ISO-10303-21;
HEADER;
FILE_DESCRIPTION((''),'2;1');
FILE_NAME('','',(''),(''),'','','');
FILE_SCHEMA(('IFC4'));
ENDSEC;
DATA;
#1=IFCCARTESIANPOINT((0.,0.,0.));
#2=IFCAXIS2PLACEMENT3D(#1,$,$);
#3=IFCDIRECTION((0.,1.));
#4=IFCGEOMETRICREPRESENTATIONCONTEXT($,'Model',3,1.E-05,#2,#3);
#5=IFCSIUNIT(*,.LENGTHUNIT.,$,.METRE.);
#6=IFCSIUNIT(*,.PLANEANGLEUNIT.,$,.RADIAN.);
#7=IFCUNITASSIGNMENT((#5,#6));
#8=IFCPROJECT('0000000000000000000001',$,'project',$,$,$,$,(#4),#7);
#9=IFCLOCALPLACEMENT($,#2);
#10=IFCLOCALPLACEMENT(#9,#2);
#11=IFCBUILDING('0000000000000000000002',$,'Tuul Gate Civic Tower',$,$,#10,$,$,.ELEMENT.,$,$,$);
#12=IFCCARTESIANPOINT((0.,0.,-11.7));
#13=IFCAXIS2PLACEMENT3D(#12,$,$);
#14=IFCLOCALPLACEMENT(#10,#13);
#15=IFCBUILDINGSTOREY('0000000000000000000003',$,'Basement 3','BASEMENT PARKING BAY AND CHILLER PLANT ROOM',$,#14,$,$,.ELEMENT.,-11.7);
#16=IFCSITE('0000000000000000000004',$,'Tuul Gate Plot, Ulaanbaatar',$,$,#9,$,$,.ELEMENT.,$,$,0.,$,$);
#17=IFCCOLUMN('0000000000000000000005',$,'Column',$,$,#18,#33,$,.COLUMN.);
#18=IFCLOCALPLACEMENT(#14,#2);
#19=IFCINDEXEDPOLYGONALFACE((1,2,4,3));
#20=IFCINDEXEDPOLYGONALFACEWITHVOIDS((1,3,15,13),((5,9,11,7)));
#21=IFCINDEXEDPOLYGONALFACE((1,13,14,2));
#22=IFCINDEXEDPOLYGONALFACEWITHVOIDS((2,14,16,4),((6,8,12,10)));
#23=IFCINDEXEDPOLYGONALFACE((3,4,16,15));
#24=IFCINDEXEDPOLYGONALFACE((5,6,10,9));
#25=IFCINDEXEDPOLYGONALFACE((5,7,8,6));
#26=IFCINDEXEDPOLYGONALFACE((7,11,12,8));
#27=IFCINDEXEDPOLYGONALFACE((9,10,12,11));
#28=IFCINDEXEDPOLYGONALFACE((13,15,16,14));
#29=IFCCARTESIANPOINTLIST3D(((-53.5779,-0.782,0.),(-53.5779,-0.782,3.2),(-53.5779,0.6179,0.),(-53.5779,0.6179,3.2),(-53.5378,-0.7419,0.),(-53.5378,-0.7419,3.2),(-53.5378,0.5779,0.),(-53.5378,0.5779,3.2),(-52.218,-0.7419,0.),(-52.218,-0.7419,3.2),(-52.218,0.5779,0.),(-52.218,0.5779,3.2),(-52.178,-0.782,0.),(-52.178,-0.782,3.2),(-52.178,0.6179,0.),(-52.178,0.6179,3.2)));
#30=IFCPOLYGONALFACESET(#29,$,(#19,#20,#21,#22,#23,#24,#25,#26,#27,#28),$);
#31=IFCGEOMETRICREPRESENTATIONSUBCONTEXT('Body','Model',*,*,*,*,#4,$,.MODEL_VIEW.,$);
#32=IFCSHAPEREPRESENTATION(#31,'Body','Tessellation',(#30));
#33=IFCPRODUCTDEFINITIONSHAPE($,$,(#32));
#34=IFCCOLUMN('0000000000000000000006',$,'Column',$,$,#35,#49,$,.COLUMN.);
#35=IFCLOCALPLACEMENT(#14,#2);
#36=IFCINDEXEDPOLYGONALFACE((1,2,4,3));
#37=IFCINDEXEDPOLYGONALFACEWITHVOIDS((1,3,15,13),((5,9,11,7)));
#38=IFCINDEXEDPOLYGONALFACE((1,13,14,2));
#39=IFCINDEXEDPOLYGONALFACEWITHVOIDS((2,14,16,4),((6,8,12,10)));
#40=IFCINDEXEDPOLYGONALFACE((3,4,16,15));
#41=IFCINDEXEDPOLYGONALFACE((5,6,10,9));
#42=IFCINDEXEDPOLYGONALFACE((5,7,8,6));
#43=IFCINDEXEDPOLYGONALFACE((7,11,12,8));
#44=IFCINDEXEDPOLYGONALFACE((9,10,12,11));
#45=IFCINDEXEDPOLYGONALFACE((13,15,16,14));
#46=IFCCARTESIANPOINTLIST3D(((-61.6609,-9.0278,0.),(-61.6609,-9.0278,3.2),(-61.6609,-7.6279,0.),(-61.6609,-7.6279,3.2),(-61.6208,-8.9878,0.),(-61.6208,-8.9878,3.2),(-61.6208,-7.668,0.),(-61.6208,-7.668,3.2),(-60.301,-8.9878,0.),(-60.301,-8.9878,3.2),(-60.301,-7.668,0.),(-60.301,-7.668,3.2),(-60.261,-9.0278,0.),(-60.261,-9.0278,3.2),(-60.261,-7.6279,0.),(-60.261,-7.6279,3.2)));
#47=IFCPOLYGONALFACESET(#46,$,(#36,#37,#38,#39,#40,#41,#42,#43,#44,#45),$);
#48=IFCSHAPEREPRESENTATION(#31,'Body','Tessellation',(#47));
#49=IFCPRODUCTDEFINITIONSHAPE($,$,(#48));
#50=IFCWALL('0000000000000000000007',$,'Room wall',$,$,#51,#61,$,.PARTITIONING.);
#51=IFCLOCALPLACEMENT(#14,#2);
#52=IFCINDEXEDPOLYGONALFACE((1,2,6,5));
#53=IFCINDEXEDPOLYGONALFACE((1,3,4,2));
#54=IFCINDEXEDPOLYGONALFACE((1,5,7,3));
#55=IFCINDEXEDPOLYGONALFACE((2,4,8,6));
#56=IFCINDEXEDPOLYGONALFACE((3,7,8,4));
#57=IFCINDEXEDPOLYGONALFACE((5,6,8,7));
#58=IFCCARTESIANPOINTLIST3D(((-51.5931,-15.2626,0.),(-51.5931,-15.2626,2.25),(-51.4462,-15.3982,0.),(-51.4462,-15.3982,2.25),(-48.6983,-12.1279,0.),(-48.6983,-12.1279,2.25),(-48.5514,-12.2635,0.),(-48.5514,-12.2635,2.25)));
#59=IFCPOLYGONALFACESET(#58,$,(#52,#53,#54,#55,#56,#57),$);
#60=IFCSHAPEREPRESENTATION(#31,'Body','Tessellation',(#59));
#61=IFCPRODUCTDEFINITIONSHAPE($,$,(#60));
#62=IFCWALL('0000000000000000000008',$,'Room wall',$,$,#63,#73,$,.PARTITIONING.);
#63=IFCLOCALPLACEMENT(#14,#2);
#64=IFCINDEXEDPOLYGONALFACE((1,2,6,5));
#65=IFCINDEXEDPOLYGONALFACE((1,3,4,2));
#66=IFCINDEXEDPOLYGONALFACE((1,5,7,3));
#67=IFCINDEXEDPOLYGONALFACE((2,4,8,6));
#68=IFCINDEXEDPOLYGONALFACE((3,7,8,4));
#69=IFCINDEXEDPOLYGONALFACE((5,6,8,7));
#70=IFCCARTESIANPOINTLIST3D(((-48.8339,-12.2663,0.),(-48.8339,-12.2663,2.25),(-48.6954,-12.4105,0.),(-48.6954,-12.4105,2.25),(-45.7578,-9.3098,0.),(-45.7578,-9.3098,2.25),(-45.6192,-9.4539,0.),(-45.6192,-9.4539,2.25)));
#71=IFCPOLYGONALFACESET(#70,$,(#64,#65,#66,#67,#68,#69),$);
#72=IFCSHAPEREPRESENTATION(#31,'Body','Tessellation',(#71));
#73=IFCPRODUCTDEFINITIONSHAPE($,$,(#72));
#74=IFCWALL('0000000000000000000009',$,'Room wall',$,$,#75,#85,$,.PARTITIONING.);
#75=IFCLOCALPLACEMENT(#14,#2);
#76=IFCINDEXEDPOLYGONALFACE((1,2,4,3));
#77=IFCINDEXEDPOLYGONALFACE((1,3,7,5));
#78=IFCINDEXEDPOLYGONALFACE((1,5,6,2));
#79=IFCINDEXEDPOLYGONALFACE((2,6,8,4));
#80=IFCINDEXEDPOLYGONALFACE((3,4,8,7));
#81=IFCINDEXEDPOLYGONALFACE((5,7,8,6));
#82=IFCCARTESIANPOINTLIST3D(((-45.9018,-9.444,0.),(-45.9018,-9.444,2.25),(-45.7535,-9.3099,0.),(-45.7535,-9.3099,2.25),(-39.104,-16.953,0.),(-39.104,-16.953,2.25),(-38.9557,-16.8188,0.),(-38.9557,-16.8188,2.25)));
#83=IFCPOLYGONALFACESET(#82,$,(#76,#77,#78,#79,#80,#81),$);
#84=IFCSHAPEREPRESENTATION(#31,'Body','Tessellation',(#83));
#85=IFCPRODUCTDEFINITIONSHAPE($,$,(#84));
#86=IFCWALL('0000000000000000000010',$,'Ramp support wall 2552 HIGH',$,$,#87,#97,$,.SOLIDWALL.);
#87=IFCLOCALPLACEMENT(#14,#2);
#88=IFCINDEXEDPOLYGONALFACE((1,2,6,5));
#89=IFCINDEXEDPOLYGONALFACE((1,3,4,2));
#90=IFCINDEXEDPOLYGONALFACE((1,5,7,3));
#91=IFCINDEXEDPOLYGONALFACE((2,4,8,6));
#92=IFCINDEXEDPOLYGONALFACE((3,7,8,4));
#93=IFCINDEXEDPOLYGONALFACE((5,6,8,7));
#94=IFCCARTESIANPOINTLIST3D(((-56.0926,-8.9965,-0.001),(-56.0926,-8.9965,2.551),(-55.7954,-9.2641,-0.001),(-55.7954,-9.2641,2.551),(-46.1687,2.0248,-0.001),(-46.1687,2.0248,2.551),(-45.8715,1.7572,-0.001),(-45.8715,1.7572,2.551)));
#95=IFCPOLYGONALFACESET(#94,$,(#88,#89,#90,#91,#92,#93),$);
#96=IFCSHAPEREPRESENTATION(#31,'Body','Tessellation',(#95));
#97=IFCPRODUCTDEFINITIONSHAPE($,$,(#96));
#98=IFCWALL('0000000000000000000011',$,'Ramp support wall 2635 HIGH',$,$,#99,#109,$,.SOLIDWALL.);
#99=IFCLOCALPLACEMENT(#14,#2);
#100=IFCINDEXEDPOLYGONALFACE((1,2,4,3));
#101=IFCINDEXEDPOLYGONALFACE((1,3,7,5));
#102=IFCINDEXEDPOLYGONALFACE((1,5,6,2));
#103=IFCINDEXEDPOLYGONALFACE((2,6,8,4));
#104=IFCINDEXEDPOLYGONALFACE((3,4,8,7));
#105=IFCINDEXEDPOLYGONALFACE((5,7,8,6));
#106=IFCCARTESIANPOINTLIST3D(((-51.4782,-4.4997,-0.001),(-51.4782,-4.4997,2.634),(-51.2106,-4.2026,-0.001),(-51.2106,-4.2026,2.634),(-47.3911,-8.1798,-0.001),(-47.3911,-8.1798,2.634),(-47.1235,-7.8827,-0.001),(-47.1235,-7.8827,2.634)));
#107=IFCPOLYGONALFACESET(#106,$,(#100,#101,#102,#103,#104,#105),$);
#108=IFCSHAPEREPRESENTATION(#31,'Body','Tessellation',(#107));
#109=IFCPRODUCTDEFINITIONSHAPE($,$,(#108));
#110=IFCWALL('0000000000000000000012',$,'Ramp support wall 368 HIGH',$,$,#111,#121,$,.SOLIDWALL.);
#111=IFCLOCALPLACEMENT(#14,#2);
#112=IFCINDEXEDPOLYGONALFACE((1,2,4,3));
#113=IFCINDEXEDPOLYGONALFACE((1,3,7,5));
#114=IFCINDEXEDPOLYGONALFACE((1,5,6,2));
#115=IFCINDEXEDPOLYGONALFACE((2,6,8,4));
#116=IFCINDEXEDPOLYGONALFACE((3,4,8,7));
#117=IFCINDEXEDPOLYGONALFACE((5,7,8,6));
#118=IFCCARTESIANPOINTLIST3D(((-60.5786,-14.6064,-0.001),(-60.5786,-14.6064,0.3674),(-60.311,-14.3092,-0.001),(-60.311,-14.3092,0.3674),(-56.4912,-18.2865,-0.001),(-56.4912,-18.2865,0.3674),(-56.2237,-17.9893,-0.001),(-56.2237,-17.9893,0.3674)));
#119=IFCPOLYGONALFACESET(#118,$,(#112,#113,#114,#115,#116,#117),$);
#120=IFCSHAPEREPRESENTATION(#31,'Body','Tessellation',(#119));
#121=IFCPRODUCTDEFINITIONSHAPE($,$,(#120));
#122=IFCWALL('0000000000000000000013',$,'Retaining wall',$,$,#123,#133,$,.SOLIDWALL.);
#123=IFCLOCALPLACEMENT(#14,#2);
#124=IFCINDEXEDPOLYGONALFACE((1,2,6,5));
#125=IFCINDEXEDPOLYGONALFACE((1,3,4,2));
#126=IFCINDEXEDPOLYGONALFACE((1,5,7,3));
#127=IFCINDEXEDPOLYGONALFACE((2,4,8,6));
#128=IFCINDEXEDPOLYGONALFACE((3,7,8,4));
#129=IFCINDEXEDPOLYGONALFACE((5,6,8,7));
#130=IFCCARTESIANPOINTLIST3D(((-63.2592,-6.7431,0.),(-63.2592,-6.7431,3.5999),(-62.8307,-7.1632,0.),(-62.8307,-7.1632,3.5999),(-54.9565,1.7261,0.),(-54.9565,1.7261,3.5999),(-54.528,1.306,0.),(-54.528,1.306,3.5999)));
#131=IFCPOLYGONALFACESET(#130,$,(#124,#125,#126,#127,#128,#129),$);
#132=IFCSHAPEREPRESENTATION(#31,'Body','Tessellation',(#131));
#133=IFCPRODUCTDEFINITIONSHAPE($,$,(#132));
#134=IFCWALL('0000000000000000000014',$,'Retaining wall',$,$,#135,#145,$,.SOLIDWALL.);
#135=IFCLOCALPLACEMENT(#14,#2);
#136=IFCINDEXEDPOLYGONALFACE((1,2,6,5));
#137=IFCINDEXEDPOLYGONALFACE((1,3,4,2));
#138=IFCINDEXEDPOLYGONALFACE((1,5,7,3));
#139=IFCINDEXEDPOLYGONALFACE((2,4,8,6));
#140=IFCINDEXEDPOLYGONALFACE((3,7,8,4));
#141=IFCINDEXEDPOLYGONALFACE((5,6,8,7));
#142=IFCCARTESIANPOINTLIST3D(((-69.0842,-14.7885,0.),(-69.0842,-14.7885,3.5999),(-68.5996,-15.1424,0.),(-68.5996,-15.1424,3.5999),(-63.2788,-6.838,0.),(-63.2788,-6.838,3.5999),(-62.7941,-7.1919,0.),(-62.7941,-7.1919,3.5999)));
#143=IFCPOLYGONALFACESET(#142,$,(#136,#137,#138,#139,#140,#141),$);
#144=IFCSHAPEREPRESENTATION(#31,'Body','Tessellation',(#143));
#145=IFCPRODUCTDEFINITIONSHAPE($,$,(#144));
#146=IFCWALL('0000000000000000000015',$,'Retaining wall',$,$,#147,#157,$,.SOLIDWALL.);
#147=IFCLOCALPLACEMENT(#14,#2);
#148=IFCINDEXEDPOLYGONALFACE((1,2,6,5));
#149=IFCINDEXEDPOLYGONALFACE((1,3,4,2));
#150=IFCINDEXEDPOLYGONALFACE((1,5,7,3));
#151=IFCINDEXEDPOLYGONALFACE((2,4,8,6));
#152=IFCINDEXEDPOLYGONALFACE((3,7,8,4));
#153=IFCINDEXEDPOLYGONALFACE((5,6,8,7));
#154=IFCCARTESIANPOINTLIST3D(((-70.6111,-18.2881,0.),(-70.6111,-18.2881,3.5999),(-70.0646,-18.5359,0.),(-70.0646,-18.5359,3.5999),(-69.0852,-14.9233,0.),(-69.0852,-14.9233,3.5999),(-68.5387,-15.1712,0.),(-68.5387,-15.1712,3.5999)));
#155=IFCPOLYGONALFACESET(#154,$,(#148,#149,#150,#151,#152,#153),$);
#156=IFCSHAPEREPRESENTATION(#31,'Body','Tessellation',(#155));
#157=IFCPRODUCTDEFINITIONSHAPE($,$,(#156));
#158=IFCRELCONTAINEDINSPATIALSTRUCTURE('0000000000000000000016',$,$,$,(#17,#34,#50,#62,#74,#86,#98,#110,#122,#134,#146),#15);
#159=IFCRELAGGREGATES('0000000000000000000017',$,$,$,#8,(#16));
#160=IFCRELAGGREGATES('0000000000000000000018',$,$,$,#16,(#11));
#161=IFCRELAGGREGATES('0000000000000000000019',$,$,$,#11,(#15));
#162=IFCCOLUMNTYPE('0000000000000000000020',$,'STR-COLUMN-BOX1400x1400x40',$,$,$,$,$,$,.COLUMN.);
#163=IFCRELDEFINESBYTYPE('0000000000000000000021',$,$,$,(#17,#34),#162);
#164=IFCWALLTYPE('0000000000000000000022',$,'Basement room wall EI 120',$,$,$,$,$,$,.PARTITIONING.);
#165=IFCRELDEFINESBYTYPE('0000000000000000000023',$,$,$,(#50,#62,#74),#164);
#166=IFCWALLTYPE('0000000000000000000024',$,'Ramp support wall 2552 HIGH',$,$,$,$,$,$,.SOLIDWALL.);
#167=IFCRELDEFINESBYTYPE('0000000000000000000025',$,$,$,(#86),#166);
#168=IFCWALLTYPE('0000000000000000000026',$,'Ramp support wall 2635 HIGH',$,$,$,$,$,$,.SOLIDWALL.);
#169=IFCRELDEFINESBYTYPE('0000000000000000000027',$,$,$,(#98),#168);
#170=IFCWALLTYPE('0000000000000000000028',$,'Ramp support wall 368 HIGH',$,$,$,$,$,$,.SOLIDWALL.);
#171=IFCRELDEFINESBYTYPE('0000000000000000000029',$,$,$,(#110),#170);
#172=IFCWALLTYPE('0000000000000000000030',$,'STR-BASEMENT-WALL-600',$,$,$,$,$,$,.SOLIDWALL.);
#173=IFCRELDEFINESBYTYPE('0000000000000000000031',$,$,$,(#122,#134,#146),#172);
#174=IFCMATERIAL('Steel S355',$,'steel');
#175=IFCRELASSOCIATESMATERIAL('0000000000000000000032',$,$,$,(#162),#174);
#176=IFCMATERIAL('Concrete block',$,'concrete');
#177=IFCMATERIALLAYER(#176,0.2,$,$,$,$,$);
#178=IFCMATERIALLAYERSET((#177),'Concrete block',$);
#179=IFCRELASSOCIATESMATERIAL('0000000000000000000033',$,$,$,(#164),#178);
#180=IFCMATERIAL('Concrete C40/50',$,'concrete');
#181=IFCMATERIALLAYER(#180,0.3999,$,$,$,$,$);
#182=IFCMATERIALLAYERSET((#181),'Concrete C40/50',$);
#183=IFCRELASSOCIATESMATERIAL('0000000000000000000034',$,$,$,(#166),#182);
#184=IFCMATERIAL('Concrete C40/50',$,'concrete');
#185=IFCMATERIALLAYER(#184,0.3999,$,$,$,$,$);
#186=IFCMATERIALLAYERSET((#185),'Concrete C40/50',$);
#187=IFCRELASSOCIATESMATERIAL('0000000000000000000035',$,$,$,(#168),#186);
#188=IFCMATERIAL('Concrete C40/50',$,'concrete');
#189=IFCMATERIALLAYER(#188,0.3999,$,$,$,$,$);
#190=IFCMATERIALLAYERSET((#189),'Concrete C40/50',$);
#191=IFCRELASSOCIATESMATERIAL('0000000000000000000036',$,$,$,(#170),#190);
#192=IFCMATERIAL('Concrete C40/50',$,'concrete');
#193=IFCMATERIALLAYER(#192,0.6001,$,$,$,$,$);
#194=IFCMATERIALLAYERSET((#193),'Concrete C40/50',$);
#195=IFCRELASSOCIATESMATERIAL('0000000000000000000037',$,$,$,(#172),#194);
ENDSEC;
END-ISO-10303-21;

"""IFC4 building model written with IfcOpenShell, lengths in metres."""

from ifc_helpers import new_model, si_unit, direction, frame, frame_2d, origin, origin_2d, place, context, subcontext, project, spatial, rectangle, hollow_rectangle, extrude, material, layer, layer_set, material_profile, profile_set, type_object, element, save


model = new_model("IFC4")

# Units and contexts
model_context = context("Model", 3, precision=1e-05, world=origin(), true_north=direction((0.0, 1.0)))
body_context = subcontext(model_context, "Body", "Model", "MODEL_VIEW")
ifc_project = project(units=[si_unit("LENGTHUNIT", "METRE"), si_unit("PLANEANGLEUNIT", "RADIAN")], contexts=[model_context])

# Site, building, storey
site_placement = place(None, origin())
site = spatial("IfcSite", under=ifc_project, at=site_placement, Name="Tuul Gate Plot, Ulaanbaatar", CompositionType="ELEMENT", RefElevation=0.0)
building_placement = place(site_placement, origin())
building = spatial("IfcBuilding", under=site, at=building_placement, Name="Tuul Gate Civic Tower", CompositionType="ELEMENT")
storey_placement = place(building_placement, frame((0.0, 0.0, -11.7)))
storey = spatial("IfcBuildingStorey", under=building, at=storey_placement, Name="Basement 3", Description="BASEMENT PARKING BAY AND CHILLER PLANT ROOM", CompositionType="ELEMENT", Elevation=-11.7)

# Columns
ifc_material_1 = material(Name="Steel S355", Category="steel")
ifc_material_profile_1 = material_profile(ifc_material_1, hollow_rectangle(XDim=1.3999, YDim=1.3999, WallThickness=0.04, at=origin_2d()), Name="BOX1400x1400x40")
ifc_profile_set_1 = profile_set([ifc_material_profile_1], Name="Steel S355")
column_type = type_object("IfcColumnType", Name="STR-COLUMN-BOX1400x1400x40", PredefinedType="COLUMN", material=ifc_profile_set_1)
for number, where, z_axis, x_axis, name in (
    (1, (-52.8779, -0.082, 0.0), (0.0, 0.0, 1.0), (1.0, 0.0, 0.0), "Column"),
    (2, (-60.9609, -8.3279, 0.0), (0.0, 0.0, 1.0), (1.0, 0.0, 0.0), "Column"),
):
    element("IfcColumn", number, at=place(storey_placement, frame(where, z_axis=z_axis, x_axis=x_axis)), inside=storey, type_object=column_type, Name=name, PredefinedType="COLUMN", context=body_context, shape_type="SweptSolid", body=[
        extrude(hollow_rectangle(XDim=1.3999, YDim=1.3999, WallThickness=0.04, at=origin_2d()), origin(), (0.0, 0.0, 1.0), 3.2),
    ])

# Walls
ifc_material_2 = material(Name="Concrete block", Category="concrete")
ifc_layer_1 = layer(ifc_material_2, 0.2)
ifc_layer_set_1 = layer_set([ifc_layer_1], Name="Concrete block")
wall_type_1 = type_object("IfcWallType", Name="Basement room wall EI 120", PredefinedType="PARTITIONING", material=ifc_layer_set_1)
wall_1_placement = place(storey_placement, frame((-51.5195, -15.3303, 0.0), z_axis=(0.0, 0.0, 1.0), x_axis=(0.678425, 0.73467, 0.0)))
element("IfcWall", 3, at=wall_1_placement, inside=storey, type_object=wall_type_1, Name="Room wall", PredefinedType="PARTITIONING", context=body_context, shape_type="SweptSolid", body=[
    extrude(rectangle(XDim=4.2668, YDim=0.2, at=frame_2d((2.1333, 0.0))), origin(), (0.0, 0.0, 1.0), 2.25),
])
wall_2_placement = place(storey_placement, frame((-48.7646, -12.3384, 0.0), z_axis=(0.0, 0.0, 1.0), x_axis=(0.720987, 0.692949, 0.0)))
element("IfcWall", 4, at=wall_2_placement, inside=storey, type_object=wall_type_1, Name="Room wall", PredefinedType="PARTITIONING", context=body_context, shape_type="SweptSolid", body=[
    extrude(rectangle(XDim=4.2666, YDim=0.2, at=frame_2d((2.1333, 0.0))), origin(), (0.0, 0.0, 1.0), 2.25),
])
wall_3_placement = place(storey_placement, frame((-45.8276, -9.377, 0.0), z_axis=(0.0, 0.0, 1.0), x_axis=(0.671129, -0.741341, 0.0)))
element("IfcWall", 5, at=wall_3_placement, inside=storey, type_object=wall_type_1, Name="Room wall", PredefinedType="PARTITIONING", context=body_context, shape_type="SweptSolid", body=[
    extrude(rectangle(XDim=10.1289, YDim=0.2, at=frame_2d((5.0645, 0.0))), origin(), (0.0, 0.0, 1.0), 2.25),
])
ifc_material_3 = material(Name="Concrete C40/50", Category="concrete")
ifc_layer_2 = layer(ifc_material_3, 0.3999)
ifc_layer_set_2 = layer_set([ifc_layer_2], Name="Concrete C40/50")
wall_type_2 = type_object("IfcWallType", Name="Ramp support wall 2552 HIGH", PredefinedType="SOLIDWALL", material=ifc_layer_set_2)
wall_4_placement = place(storey_placement, frame((-55.9441, -9.1304, -0.001), z_axis=(0.0, 0.0, 1.0), x_axis=(0.66914, 0.743136, 0.0)))
element("IfcWall", 6, at=wall_4_placement, inside=storey, type_object=wall_type_2, Name="Ramp support wall 2552 HIGH", PredefinedType="SOLIDWALL", context=body_context, shape_type="SweptSolid", body=[
    extrude(rectangle(XDim=14.8308, YDim=0.3999, at=frame_2d((7.4155, 0.0))), origin(), (0.0, 0.0, 1.0), 2.552),
])
ifc_material_4 = material(Name="Concrete C40/50", Category="concrete")
ifc_layer_3 = layer(ifc_material_4, 0.3999)
ifc_layer_set_3 = layer_set([ifc_layer_3], Name="Concrete C40/50")
wall_type_3 = type_object("IfcWallType", Name="Ramp support wall 2635 HIGH", PredefinedType="SOLIDWALL", material=ifc_layer_set_3)
wall_5_placement = place(storey_placement, frame((-51.3445, -4.3511, -0.001), z_axis=(0.0, 0.0, 1.0), x_axis=(0.743137, -0.669139, 0.0)))
element("IfcWall", 7, at=wall_5_placement, inside=storey, type_object=wall_type_3, Name="Ramp support wall 2635 HIGH", PredefinedType="SOLIDWALL", context=body_context, shape_type="SweptSolid", body=[
    extrude(rectangle(XDim=5.4998, YDim=0.3999, at=frame_2d((2.75, 0.0))), origin(), (0.0, 0.0, 1.0), 2.635),
])
ifc_material_5 = material(Name="Concrete C40/50", Category="concrete")
ifc_layer_4 = layer(ifc_material_5, 0.3999)
ifc_layer_set_4 = layer_set([ifc_layer_4], Name="Concrete C40/50")
wall_type_4 = type_object("IfcWallType", Name="Ramp support wall 368 HIGH", PredefinedType="SOLIDWALL", material=ifc_layer_set_4)
wall_6_placement = place(storey_placement, frame((-60.4448, -14.4578, -0.001), z_axis=(0.0, 0.0, 1.0), x_axis=(0.743157, -0.669117, 0.0)))
element("IfcWall", 8, at=wall_6_placement, inside=storey, type_object=wall_type_4, Name="Ramp support wall 368 HIGH", PredefinedType="SOLIDWALL", context=body_context, shape_type="SweptSolid", body=[
    extrude(rectangle(XDim=5.5, YDim=0.3999, at=frame_2d((2.75, 0.0))), origin(), (0.0, 0.0, 1.0), 0.3684),
])
ifc_material_6 = material(Name="Concrete C40/50", Category="concrete")
ifc_layer_5 = layer(ifc_material_6, 0.6001)
ifc_layer_set_5 = layer_set([ifc_layer_5], Name="Concrete C40/50")
wall_type_5 = type_object("IfcWallType", Name="STR-BASEMENT-WALL-600", PredefinedType="SOLIDWALL", material=ifc_layer_set_5)
wall_7_placement = place(storey_placement, frame((-54.7422, 1.5161, 0.0), z_axis=(0.0, 0.0, 1.0), x_axis=(-0.700052, -0.714091, 0.0)))
element("IfcWall", 9, at=wall_7_placement, inside=storey, type_object=wall_type_5, Name="Retaining wall", PredefinedType="SOLIDWALL", context=body_context, shape_type="SweptSolid", body=[
    extrude(rectangle(XDim=11.8601, YDim=0.6001, at=frame_2d((5.9302, 0.0))), origin(), (0.0, 0.0, 1.0), 3.5999),
])
wall_8_placement = place(storey_placement, frame((-63.0364, -7.0149, 0.0), z_axis=(0.0, 0.0, 1.0), x_axis=(-0.589717, -0.80761, 0.0)))
element("IfcWall", 10, at=wall_8_placement, inside=storey, type_object=wall_type_5, Name="Retaining wall", PredefinedType="SOLIDWALL", context=body_context, shape_type="SweptSolid", body=[
    extrude(rectangle(XDim=9.8445, YDim=0.6001, at=frame_2d((4.9224, 0.0))), origin(), (0.0, 0.0, 1.0), 3.5999),
])
wall_9_placement = place(storey_placement, frame((-68.812, -15.0474, 0.0), z_axis=(0.0, 0.0, 1.0), x_axis=(-0.413006, -0.910728, 0.0)))
element("IfcWall", 11, at=wall_9_placement, inside=storey, type_object=wall_type_5, Name="Retaining wall", PredefinedType="SOLIDWALL", context=body_context, shape_type="SweptSolid", body=[
    extrude(rectangle(XDim=3.6946, YDim=0.6001, at=frame_2d((1.8472, 0.0))), origin(), (0.0, 0.0, 1.0), 3.5999),
])

save(model, "model.ifc")
